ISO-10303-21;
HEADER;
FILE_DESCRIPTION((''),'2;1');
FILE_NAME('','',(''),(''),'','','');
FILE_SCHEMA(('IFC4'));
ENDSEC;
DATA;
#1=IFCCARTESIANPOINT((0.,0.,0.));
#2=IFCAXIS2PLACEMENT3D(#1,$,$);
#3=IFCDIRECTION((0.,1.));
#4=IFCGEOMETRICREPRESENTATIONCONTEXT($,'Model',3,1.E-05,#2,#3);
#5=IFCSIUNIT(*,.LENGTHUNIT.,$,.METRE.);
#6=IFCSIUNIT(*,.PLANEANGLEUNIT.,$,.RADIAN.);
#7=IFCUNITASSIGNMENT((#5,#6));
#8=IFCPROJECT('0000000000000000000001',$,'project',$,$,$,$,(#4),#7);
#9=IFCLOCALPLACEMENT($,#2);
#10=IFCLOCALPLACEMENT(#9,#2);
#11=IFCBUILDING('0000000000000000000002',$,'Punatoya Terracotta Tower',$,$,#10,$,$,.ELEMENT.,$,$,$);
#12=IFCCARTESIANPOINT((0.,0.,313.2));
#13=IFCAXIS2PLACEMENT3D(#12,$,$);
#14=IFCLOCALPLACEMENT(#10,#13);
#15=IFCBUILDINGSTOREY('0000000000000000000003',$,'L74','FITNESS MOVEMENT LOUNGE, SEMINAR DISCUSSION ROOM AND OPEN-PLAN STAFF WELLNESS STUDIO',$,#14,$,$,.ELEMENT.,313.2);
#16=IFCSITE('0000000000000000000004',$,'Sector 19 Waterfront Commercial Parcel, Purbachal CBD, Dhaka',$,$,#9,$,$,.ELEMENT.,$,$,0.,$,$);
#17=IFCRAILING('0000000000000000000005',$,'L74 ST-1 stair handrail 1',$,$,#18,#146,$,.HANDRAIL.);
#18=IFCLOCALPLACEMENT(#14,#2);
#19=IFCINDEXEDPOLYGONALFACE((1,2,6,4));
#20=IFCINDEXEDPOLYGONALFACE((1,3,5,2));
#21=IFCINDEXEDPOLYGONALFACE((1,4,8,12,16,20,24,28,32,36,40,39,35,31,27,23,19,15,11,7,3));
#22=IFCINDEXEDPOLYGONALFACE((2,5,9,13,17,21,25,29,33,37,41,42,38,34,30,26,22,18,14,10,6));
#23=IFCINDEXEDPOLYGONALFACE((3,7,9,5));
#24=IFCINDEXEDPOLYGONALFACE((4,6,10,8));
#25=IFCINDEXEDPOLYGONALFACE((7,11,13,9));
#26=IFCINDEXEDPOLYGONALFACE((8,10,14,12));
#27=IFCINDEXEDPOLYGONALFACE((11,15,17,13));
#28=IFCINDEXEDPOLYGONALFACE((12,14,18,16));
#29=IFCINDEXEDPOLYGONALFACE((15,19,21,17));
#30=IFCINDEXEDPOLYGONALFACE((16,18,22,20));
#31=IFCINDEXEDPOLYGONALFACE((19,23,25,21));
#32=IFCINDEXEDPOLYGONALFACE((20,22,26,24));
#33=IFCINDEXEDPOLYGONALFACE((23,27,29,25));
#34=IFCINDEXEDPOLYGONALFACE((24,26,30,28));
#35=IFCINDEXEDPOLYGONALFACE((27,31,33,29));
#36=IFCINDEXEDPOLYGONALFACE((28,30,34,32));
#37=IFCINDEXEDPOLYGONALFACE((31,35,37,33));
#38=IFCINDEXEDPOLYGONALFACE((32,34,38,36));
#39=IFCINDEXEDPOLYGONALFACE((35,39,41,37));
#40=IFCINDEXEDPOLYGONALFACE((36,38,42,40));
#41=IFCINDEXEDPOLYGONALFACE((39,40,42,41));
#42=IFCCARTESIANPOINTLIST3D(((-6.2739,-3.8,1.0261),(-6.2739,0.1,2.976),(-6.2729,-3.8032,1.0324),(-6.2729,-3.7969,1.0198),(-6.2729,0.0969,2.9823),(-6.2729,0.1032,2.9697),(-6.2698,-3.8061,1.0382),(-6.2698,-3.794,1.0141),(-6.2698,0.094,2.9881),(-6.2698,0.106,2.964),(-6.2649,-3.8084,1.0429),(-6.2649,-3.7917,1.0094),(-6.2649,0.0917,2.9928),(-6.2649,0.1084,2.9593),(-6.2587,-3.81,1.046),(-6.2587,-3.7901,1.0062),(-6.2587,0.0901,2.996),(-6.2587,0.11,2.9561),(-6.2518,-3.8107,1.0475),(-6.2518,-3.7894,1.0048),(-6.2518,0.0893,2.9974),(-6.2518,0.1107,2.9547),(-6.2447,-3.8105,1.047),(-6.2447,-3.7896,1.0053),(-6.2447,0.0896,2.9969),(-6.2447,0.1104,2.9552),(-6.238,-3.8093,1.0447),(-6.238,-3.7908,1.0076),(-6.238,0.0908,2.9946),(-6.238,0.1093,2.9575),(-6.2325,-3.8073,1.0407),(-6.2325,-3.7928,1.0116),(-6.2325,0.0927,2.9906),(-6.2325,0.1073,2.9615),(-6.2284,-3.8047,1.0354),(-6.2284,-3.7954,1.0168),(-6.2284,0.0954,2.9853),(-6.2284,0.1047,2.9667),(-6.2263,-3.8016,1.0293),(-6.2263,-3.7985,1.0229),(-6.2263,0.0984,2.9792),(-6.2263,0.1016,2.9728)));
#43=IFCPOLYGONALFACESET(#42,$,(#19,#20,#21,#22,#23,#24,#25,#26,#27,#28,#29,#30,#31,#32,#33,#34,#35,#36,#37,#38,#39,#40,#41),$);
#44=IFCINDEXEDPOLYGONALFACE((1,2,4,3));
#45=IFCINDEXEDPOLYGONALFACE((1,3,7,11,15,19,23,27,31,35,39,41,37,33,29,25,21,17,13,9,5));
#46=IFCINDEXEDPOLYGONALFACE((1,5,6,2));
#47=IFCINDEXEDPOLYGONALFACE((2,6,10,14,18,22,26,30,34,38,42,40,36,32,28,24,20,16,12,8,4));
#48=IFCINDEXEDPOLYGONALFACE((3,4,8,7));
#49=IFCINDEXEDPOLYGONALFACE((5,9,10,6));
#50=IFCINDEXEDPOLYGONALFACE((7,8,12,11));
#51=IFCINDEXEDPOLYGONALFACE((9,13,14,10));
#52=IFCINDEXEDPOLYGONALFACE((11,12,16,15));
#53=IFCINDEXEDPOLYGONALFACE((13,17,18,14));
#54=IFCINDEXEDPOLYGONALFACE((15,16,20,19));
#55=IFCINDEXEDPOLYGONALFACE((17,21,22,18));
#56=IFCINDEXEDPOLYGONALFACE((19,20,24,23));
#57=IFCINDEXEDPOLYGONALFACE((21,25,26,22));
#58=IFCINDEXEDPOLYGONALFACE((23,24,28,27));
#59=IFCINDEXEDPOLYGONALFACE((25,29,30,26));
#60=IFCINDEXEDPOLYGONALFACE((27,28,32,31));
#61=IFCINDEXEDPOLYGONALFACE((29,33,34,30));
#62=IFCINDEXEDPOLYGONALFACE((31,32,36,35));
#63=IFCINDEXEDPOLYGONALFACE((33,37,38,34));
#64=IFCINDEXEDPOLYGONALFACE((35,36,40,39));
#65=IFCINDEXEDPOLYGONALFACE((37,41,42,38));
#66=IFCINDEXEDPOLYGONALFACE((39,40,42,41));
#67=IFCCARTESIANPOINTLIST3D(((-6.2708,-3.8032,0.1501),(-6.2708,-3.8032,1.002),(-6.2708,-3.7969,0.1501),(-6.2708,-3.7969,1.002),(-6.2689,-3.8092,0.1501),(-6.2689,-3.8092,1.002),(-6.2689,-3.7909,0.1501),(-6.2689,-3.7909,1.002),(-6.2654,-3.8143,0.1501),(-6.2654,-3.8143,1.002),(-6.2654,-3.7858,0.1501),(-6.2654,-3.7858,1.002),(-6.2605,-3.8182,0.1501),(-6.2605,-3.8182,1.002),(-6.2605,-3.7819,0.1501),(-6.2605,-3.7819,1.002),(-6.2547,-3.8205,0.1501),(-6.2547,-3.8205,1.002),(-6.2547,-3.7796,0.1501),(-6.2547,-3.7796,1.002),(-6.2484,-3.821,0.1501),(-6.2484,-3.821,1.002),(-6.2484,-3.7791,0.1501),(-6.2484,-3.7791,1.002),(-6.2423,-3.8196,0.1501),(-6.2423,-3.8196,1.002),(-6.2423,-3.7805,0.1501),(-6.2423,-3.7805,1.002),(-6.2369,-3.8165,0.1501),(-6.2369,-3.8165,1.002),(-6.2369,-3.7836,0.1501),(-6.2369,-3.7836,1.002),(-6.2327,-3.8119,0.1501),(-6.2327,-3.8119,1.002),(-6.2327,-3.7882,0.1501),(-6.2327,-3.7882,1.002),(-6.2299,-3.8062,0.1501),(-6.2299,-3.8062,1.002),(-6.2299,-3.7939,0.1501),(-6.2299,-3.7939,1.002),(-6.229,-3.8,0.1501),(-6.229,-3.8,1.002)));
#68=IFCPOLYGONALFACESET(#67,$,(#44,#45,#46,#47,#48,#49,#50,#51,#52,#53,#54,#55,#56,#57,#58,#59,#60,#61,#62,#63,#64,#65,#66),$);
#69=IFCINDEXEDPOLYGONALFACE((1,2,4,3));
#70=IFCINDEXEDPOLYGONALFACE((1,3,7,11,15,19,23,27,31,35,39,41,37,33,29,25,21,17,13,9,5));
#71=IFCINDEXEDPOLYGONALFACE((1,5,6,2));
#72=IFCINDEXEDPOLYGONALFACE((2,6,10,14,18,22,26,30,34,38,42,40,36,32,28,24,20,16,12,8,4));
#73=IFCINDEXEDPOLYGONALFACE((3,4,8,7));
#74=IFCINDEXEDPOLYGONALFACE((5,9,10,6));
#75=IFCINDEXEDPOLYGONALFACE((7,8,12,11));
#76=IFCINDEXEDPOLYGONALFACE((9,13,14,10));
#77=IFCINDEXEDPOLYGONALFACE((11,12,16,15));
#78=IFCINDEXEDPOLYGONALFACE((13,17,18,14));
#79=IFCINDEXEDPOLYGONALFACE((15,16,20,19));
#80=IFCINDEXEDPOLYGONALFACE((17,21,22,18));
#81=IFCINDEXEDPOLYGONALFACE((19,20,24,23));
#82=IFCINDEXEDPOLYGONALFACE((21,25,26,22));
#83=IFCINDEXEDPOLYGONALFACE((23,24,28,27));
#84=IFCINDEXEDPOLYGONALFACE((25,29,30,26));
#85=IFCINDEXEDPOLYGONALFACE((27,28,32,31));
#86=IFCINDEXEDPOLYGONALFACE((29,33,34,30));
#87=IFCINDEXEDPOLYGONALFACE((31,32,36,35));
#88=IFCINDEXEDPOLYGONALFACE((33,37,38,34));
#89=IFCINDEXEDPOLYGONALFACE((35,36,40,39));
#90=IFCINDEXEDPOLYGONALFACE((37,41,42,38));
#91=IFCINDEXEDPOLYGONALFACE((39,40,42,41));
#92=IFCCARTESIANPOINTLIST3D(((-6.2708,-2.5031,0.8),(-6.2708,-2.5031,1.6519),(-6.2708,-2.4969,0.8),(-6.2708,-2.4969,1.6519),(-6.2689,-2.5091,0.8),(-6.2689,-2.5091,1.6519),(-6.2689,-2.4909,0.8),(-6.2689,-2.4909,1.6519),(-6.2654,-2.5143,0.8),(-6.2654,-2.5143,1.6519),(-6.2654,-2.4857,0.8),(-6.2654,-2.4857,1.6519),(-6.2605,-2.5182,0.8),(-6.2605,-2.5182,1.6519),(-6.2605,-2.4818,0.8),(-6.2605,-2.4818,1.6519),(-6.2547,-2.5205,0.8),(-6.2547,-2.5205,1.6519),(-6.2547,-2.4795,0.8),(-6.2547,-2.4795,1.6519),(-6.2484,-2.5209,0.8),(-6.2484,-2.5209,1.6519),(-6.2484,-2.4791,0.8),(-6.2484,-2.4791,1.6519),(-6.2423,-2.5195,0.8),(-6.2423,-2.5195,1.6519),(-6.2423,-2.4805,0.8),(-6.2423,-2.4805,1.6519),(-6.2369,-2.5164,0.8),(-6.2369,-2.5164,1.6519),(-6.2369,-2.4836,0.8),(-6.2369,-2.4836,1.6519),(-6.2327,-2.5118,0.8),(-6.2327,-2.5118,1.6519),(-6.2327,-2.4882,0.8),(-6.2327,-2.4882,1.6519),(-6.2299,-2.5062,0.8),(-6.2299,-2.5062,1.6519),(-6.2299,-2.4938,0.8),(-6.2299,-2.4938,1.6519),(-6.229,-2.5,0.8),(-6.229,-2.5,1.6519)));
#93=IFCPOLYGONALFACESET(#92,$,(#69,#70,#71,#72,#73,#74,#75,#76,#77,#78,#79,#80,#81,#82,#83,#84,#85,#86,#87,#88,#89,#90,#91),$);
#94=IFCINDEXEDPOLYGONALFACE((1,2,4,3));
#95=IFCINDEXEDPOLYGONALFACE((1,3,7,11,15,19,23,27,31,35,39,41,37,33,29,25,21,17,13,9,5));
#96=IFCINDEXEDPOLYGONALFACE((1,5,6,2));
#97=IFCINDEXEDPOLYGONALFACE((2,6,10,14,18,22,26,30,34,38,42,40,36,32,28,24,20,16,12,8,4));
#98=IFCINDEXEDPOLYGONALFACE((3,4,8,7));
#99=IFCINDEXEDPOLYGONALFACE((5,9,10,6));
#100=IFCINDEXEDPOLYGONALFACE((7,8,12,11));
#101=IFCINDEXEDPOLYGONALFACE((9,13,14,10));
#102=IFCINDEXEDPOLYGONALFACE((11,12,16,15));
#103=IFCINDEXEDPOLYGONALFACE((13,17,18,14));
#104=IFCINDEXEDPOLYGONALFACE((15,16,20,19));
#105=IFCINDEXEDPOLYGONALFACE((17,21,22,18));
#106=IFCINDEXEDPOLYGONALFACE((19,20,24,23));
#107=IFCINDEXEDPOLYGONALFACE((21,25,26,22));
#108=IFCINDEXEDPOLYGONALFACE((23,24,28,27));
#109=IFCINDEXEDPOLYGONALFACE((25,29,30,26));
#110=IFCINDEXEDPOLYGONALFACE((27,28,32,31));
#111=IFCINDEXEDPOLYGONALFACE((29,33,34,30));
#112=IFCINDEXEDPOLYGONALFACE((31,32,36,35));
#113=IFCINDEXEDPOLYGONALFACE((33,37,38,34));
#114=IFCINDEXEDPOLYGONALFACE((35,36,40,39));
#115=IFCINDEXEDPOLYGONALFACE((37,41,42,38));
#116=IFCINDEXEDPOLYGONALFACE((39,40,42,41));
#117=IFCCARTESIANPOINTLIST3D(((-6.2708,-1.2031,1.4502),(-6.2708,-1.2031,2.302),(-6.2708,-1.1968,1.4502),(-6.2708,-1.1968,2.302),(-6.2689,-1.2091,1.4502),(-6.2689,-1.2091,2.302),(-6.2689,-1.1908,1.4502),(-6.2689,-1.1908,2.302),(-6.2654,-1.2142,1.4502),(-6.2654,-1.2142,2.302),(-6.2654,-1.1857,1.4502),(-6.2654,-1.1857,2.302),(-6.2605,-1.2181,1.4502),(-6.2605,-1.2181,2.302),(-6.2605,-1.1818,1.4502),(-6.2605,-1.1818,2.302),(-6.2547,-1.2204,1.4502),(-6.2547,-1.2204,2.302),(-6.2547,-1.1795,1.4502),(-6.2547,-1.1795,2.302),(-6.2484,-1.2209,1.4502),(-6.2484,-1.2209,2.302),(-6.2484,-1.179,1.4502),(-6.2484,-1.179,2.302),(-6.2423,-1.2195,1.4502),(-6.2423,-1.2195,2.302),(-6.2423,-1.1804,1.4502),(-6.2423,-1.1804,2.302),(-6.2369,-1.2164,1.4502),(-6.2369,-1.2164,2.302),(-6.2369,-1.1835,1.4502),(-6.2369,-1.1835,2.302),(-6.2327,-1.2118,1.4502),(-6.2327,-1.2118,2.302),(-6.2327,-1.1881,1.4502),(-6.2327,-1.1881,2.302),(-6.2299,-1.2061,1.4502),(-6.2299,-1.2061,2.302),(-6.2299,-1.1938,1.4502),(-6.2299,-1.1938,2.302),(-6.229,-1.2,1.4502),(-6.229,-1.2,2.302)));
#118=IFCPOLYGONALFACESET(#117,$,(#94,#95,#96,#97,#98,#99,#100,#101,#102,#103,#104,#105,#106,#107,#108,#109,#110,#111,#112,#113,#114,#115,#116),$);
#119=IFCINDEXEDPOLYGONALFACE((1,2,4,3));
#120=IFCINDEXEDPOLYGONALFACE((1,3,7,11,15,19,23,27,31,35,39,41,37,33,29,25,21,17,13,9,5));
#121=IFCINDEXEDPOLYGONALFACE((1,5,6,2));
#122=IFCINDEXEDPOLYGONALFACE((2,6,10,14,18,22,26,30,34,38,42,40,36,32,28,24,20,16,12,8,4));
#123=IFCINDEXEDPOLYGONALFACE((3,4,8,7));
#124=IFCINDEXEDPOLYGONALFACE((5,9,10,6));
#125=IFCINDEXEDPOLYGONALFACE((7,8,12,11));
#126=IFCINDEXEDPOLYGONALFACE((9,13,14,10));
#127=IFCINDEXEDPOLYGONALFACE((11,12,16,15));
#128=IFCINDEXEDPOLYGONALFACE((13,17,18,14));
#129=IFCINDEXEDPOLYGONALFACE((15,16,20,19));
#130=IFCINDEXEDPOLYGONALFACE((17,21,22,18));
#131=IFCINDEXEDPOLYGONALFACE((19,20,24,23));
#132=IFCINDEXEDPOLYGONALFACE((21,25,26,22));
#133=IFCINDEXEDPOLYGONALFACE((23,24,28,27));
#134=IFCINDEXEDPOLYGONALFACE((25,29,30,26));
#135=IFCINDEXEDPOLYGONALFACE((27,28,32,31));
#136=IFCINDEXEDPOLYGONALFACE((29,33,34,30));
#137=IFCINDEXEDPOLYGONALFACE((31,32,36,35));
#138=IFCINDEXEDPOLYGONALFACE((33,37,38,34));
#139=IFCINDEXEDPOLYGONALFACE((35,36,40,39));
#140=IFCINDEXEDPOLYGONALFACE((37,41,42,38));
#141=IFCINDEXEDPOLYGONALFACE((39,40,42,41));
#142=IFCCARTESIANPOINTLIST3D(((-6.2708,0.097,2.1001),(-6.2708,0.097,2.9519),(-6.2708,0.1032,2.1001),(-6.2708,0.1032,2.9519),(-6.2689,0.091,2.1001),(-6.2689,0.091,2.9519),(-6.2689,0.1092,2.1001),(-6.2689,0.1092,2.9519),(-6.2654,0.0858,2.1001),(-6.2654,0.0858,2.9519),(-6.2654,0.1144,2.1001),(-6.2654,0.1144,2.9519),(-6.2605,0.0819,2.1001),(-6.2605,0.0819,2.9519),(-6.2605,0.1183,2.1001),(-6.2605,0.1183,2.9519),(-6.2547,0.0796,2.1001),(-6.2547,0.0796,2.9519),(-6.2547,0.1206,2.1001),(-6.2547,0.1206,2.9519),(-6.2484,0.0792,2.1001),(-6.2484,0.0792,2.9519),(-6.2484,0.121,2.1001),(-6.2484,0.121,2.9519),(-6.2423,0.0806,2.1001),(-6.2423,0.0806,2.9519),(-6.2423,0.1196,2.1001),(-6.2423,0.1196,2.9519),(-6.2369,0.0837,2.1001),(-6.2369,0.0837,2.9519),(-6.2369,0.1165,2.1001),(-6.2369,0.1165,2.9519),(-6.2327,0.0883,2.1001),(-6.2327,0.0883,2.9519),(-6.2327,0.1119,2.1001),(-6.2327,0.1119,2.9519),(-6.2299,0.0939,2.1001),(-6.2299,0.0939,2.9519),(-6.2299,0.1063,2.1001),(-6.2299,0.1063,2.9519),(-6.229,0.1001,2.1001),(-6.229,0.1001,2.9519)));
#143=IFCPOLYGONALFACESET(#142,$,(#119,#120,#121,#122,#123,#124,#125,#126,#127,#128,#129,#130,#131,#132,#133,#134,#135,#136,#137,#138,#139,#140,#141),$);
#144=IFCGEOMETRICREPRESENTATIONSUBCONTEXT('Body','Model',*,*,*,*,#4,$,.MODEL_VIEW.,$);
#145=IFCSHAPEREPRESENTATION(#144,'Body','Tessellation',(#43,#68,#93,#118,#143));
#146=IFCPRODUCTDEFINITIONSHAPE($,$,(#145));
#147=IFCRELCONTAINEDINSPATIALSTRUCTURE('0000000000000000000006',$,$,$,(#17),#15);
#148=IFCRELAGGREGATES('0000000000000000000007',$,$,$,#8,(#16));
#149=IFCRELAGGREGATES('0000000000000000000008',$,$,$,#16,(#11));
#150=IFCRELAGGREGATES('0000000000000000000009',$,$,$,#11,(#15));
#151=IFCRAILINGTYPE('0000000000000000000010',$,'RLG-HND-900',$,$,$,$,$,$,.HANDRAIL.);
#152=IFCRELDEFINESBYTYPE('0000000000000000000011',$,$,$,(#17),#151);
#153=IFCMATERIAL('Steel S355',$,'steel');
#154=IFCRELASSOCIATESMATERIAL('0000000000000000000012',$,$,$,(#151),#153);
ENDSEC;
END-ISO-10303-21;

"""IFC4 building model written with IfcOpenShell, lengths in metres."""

from ifc_helpers import new_model, si_unit, direction, frame, origin, origin_2d, place, context, subcontext, project, spatial, circle, extrude, material, type_object, element, save


model = new_model("IFC4")

# Units and contexts
model_context = context("Model", 3, precision=1e-05, world=origin(), true_north=direction((0.0, 1.0)))
body_context = subcontext(model_context, "Body", "Model", "MODEL_VIEW")
ifc_project = project(units=[si_unit("LENGTHUNIT", "METRE"), si_unit("PLANEANGLEUNIT", "RADIAN")], contexts=[model_context])

# Site, building, storey
site_placement = place(None, origin())
site = spatial("IfcSite", under=ifc_project, at=site_placement, Name="Sector 19 Waterfront Commercial Parcel, Purbachal CBD, Dhaka", CompositionType="ELEMENT", RefElevation=0.0)
building_placement = place(site_placement, origin())
building = spatial("IfcBuilding", under=site, at=building_placement, Name="Punatoya Terracotta Tower", CompositionType="ELEMENT")
storey_placement = place(building_placement, frame((0.0, 0.0, 313.2)))
storey = spatial("IfcBuildingStorey", under=building, at=storey_placement, Name="L74", Description="FITNESS MOVEMENT LOUNGE, SEMINAR DISCUSSION ROOM AND OPEN-PLAN STAFF WELLNESS STUDIO", CompositionType="ELEMENT", Elevation=313.2)

# Shared definitions
ifc_material_1 = material(Name="Steel S355", Category="steel")

# Railing
railing_type_1 = type_object("IfcRailingType", Name="RLG-HND-900", PredefinedType="HANDRAIL", material=ifc_material_1)
railing_1_placement = place(storey_placement, frame((-6.25, -3.8, 0.1501)))
element("IfcRailing", 1, at=railing_1_placement, inside=storey, type_object=railing_type_1, Name="L74 ST-1 stair handrail 1", PredefinedType="HANDRAIL", context=body_context, shape_type="SweptSolid", body=[
    extrude(circle(Radius=0.0239, at=origin_2d()), frame((0.0, 0.0, 0.876), z_axis=(0.0, 0.894438, 0.447191), x_axis=(-1.0, 0.0, 0.0)), (0.0, 0.0, 1.0), 4.3604),
    extrude(circle(Radius=0.021, at=origin_2d()), origin(), (0.0, 0.0, 1.0), 0.8518),
    extrude(circle(Radius=0.021, at=origin_2d()), frame((0.0, 1.3, 0.6499)), (0.0, 0.0, 1.0), 0.8518),
    extrude(circle(Radius=0.021, at=origin_2d()), frame((0.0, 2.6001, 1.3)), (0.0, 0.0, 1.0), 0.8518),
    extrude(circle(Radius=0.021, at=origin_2d()), frame((0.0, 3.9001, 1.95)), (0.0, 0.0, 1.0), 0.8518),
])

save(model, "model.ifc")
